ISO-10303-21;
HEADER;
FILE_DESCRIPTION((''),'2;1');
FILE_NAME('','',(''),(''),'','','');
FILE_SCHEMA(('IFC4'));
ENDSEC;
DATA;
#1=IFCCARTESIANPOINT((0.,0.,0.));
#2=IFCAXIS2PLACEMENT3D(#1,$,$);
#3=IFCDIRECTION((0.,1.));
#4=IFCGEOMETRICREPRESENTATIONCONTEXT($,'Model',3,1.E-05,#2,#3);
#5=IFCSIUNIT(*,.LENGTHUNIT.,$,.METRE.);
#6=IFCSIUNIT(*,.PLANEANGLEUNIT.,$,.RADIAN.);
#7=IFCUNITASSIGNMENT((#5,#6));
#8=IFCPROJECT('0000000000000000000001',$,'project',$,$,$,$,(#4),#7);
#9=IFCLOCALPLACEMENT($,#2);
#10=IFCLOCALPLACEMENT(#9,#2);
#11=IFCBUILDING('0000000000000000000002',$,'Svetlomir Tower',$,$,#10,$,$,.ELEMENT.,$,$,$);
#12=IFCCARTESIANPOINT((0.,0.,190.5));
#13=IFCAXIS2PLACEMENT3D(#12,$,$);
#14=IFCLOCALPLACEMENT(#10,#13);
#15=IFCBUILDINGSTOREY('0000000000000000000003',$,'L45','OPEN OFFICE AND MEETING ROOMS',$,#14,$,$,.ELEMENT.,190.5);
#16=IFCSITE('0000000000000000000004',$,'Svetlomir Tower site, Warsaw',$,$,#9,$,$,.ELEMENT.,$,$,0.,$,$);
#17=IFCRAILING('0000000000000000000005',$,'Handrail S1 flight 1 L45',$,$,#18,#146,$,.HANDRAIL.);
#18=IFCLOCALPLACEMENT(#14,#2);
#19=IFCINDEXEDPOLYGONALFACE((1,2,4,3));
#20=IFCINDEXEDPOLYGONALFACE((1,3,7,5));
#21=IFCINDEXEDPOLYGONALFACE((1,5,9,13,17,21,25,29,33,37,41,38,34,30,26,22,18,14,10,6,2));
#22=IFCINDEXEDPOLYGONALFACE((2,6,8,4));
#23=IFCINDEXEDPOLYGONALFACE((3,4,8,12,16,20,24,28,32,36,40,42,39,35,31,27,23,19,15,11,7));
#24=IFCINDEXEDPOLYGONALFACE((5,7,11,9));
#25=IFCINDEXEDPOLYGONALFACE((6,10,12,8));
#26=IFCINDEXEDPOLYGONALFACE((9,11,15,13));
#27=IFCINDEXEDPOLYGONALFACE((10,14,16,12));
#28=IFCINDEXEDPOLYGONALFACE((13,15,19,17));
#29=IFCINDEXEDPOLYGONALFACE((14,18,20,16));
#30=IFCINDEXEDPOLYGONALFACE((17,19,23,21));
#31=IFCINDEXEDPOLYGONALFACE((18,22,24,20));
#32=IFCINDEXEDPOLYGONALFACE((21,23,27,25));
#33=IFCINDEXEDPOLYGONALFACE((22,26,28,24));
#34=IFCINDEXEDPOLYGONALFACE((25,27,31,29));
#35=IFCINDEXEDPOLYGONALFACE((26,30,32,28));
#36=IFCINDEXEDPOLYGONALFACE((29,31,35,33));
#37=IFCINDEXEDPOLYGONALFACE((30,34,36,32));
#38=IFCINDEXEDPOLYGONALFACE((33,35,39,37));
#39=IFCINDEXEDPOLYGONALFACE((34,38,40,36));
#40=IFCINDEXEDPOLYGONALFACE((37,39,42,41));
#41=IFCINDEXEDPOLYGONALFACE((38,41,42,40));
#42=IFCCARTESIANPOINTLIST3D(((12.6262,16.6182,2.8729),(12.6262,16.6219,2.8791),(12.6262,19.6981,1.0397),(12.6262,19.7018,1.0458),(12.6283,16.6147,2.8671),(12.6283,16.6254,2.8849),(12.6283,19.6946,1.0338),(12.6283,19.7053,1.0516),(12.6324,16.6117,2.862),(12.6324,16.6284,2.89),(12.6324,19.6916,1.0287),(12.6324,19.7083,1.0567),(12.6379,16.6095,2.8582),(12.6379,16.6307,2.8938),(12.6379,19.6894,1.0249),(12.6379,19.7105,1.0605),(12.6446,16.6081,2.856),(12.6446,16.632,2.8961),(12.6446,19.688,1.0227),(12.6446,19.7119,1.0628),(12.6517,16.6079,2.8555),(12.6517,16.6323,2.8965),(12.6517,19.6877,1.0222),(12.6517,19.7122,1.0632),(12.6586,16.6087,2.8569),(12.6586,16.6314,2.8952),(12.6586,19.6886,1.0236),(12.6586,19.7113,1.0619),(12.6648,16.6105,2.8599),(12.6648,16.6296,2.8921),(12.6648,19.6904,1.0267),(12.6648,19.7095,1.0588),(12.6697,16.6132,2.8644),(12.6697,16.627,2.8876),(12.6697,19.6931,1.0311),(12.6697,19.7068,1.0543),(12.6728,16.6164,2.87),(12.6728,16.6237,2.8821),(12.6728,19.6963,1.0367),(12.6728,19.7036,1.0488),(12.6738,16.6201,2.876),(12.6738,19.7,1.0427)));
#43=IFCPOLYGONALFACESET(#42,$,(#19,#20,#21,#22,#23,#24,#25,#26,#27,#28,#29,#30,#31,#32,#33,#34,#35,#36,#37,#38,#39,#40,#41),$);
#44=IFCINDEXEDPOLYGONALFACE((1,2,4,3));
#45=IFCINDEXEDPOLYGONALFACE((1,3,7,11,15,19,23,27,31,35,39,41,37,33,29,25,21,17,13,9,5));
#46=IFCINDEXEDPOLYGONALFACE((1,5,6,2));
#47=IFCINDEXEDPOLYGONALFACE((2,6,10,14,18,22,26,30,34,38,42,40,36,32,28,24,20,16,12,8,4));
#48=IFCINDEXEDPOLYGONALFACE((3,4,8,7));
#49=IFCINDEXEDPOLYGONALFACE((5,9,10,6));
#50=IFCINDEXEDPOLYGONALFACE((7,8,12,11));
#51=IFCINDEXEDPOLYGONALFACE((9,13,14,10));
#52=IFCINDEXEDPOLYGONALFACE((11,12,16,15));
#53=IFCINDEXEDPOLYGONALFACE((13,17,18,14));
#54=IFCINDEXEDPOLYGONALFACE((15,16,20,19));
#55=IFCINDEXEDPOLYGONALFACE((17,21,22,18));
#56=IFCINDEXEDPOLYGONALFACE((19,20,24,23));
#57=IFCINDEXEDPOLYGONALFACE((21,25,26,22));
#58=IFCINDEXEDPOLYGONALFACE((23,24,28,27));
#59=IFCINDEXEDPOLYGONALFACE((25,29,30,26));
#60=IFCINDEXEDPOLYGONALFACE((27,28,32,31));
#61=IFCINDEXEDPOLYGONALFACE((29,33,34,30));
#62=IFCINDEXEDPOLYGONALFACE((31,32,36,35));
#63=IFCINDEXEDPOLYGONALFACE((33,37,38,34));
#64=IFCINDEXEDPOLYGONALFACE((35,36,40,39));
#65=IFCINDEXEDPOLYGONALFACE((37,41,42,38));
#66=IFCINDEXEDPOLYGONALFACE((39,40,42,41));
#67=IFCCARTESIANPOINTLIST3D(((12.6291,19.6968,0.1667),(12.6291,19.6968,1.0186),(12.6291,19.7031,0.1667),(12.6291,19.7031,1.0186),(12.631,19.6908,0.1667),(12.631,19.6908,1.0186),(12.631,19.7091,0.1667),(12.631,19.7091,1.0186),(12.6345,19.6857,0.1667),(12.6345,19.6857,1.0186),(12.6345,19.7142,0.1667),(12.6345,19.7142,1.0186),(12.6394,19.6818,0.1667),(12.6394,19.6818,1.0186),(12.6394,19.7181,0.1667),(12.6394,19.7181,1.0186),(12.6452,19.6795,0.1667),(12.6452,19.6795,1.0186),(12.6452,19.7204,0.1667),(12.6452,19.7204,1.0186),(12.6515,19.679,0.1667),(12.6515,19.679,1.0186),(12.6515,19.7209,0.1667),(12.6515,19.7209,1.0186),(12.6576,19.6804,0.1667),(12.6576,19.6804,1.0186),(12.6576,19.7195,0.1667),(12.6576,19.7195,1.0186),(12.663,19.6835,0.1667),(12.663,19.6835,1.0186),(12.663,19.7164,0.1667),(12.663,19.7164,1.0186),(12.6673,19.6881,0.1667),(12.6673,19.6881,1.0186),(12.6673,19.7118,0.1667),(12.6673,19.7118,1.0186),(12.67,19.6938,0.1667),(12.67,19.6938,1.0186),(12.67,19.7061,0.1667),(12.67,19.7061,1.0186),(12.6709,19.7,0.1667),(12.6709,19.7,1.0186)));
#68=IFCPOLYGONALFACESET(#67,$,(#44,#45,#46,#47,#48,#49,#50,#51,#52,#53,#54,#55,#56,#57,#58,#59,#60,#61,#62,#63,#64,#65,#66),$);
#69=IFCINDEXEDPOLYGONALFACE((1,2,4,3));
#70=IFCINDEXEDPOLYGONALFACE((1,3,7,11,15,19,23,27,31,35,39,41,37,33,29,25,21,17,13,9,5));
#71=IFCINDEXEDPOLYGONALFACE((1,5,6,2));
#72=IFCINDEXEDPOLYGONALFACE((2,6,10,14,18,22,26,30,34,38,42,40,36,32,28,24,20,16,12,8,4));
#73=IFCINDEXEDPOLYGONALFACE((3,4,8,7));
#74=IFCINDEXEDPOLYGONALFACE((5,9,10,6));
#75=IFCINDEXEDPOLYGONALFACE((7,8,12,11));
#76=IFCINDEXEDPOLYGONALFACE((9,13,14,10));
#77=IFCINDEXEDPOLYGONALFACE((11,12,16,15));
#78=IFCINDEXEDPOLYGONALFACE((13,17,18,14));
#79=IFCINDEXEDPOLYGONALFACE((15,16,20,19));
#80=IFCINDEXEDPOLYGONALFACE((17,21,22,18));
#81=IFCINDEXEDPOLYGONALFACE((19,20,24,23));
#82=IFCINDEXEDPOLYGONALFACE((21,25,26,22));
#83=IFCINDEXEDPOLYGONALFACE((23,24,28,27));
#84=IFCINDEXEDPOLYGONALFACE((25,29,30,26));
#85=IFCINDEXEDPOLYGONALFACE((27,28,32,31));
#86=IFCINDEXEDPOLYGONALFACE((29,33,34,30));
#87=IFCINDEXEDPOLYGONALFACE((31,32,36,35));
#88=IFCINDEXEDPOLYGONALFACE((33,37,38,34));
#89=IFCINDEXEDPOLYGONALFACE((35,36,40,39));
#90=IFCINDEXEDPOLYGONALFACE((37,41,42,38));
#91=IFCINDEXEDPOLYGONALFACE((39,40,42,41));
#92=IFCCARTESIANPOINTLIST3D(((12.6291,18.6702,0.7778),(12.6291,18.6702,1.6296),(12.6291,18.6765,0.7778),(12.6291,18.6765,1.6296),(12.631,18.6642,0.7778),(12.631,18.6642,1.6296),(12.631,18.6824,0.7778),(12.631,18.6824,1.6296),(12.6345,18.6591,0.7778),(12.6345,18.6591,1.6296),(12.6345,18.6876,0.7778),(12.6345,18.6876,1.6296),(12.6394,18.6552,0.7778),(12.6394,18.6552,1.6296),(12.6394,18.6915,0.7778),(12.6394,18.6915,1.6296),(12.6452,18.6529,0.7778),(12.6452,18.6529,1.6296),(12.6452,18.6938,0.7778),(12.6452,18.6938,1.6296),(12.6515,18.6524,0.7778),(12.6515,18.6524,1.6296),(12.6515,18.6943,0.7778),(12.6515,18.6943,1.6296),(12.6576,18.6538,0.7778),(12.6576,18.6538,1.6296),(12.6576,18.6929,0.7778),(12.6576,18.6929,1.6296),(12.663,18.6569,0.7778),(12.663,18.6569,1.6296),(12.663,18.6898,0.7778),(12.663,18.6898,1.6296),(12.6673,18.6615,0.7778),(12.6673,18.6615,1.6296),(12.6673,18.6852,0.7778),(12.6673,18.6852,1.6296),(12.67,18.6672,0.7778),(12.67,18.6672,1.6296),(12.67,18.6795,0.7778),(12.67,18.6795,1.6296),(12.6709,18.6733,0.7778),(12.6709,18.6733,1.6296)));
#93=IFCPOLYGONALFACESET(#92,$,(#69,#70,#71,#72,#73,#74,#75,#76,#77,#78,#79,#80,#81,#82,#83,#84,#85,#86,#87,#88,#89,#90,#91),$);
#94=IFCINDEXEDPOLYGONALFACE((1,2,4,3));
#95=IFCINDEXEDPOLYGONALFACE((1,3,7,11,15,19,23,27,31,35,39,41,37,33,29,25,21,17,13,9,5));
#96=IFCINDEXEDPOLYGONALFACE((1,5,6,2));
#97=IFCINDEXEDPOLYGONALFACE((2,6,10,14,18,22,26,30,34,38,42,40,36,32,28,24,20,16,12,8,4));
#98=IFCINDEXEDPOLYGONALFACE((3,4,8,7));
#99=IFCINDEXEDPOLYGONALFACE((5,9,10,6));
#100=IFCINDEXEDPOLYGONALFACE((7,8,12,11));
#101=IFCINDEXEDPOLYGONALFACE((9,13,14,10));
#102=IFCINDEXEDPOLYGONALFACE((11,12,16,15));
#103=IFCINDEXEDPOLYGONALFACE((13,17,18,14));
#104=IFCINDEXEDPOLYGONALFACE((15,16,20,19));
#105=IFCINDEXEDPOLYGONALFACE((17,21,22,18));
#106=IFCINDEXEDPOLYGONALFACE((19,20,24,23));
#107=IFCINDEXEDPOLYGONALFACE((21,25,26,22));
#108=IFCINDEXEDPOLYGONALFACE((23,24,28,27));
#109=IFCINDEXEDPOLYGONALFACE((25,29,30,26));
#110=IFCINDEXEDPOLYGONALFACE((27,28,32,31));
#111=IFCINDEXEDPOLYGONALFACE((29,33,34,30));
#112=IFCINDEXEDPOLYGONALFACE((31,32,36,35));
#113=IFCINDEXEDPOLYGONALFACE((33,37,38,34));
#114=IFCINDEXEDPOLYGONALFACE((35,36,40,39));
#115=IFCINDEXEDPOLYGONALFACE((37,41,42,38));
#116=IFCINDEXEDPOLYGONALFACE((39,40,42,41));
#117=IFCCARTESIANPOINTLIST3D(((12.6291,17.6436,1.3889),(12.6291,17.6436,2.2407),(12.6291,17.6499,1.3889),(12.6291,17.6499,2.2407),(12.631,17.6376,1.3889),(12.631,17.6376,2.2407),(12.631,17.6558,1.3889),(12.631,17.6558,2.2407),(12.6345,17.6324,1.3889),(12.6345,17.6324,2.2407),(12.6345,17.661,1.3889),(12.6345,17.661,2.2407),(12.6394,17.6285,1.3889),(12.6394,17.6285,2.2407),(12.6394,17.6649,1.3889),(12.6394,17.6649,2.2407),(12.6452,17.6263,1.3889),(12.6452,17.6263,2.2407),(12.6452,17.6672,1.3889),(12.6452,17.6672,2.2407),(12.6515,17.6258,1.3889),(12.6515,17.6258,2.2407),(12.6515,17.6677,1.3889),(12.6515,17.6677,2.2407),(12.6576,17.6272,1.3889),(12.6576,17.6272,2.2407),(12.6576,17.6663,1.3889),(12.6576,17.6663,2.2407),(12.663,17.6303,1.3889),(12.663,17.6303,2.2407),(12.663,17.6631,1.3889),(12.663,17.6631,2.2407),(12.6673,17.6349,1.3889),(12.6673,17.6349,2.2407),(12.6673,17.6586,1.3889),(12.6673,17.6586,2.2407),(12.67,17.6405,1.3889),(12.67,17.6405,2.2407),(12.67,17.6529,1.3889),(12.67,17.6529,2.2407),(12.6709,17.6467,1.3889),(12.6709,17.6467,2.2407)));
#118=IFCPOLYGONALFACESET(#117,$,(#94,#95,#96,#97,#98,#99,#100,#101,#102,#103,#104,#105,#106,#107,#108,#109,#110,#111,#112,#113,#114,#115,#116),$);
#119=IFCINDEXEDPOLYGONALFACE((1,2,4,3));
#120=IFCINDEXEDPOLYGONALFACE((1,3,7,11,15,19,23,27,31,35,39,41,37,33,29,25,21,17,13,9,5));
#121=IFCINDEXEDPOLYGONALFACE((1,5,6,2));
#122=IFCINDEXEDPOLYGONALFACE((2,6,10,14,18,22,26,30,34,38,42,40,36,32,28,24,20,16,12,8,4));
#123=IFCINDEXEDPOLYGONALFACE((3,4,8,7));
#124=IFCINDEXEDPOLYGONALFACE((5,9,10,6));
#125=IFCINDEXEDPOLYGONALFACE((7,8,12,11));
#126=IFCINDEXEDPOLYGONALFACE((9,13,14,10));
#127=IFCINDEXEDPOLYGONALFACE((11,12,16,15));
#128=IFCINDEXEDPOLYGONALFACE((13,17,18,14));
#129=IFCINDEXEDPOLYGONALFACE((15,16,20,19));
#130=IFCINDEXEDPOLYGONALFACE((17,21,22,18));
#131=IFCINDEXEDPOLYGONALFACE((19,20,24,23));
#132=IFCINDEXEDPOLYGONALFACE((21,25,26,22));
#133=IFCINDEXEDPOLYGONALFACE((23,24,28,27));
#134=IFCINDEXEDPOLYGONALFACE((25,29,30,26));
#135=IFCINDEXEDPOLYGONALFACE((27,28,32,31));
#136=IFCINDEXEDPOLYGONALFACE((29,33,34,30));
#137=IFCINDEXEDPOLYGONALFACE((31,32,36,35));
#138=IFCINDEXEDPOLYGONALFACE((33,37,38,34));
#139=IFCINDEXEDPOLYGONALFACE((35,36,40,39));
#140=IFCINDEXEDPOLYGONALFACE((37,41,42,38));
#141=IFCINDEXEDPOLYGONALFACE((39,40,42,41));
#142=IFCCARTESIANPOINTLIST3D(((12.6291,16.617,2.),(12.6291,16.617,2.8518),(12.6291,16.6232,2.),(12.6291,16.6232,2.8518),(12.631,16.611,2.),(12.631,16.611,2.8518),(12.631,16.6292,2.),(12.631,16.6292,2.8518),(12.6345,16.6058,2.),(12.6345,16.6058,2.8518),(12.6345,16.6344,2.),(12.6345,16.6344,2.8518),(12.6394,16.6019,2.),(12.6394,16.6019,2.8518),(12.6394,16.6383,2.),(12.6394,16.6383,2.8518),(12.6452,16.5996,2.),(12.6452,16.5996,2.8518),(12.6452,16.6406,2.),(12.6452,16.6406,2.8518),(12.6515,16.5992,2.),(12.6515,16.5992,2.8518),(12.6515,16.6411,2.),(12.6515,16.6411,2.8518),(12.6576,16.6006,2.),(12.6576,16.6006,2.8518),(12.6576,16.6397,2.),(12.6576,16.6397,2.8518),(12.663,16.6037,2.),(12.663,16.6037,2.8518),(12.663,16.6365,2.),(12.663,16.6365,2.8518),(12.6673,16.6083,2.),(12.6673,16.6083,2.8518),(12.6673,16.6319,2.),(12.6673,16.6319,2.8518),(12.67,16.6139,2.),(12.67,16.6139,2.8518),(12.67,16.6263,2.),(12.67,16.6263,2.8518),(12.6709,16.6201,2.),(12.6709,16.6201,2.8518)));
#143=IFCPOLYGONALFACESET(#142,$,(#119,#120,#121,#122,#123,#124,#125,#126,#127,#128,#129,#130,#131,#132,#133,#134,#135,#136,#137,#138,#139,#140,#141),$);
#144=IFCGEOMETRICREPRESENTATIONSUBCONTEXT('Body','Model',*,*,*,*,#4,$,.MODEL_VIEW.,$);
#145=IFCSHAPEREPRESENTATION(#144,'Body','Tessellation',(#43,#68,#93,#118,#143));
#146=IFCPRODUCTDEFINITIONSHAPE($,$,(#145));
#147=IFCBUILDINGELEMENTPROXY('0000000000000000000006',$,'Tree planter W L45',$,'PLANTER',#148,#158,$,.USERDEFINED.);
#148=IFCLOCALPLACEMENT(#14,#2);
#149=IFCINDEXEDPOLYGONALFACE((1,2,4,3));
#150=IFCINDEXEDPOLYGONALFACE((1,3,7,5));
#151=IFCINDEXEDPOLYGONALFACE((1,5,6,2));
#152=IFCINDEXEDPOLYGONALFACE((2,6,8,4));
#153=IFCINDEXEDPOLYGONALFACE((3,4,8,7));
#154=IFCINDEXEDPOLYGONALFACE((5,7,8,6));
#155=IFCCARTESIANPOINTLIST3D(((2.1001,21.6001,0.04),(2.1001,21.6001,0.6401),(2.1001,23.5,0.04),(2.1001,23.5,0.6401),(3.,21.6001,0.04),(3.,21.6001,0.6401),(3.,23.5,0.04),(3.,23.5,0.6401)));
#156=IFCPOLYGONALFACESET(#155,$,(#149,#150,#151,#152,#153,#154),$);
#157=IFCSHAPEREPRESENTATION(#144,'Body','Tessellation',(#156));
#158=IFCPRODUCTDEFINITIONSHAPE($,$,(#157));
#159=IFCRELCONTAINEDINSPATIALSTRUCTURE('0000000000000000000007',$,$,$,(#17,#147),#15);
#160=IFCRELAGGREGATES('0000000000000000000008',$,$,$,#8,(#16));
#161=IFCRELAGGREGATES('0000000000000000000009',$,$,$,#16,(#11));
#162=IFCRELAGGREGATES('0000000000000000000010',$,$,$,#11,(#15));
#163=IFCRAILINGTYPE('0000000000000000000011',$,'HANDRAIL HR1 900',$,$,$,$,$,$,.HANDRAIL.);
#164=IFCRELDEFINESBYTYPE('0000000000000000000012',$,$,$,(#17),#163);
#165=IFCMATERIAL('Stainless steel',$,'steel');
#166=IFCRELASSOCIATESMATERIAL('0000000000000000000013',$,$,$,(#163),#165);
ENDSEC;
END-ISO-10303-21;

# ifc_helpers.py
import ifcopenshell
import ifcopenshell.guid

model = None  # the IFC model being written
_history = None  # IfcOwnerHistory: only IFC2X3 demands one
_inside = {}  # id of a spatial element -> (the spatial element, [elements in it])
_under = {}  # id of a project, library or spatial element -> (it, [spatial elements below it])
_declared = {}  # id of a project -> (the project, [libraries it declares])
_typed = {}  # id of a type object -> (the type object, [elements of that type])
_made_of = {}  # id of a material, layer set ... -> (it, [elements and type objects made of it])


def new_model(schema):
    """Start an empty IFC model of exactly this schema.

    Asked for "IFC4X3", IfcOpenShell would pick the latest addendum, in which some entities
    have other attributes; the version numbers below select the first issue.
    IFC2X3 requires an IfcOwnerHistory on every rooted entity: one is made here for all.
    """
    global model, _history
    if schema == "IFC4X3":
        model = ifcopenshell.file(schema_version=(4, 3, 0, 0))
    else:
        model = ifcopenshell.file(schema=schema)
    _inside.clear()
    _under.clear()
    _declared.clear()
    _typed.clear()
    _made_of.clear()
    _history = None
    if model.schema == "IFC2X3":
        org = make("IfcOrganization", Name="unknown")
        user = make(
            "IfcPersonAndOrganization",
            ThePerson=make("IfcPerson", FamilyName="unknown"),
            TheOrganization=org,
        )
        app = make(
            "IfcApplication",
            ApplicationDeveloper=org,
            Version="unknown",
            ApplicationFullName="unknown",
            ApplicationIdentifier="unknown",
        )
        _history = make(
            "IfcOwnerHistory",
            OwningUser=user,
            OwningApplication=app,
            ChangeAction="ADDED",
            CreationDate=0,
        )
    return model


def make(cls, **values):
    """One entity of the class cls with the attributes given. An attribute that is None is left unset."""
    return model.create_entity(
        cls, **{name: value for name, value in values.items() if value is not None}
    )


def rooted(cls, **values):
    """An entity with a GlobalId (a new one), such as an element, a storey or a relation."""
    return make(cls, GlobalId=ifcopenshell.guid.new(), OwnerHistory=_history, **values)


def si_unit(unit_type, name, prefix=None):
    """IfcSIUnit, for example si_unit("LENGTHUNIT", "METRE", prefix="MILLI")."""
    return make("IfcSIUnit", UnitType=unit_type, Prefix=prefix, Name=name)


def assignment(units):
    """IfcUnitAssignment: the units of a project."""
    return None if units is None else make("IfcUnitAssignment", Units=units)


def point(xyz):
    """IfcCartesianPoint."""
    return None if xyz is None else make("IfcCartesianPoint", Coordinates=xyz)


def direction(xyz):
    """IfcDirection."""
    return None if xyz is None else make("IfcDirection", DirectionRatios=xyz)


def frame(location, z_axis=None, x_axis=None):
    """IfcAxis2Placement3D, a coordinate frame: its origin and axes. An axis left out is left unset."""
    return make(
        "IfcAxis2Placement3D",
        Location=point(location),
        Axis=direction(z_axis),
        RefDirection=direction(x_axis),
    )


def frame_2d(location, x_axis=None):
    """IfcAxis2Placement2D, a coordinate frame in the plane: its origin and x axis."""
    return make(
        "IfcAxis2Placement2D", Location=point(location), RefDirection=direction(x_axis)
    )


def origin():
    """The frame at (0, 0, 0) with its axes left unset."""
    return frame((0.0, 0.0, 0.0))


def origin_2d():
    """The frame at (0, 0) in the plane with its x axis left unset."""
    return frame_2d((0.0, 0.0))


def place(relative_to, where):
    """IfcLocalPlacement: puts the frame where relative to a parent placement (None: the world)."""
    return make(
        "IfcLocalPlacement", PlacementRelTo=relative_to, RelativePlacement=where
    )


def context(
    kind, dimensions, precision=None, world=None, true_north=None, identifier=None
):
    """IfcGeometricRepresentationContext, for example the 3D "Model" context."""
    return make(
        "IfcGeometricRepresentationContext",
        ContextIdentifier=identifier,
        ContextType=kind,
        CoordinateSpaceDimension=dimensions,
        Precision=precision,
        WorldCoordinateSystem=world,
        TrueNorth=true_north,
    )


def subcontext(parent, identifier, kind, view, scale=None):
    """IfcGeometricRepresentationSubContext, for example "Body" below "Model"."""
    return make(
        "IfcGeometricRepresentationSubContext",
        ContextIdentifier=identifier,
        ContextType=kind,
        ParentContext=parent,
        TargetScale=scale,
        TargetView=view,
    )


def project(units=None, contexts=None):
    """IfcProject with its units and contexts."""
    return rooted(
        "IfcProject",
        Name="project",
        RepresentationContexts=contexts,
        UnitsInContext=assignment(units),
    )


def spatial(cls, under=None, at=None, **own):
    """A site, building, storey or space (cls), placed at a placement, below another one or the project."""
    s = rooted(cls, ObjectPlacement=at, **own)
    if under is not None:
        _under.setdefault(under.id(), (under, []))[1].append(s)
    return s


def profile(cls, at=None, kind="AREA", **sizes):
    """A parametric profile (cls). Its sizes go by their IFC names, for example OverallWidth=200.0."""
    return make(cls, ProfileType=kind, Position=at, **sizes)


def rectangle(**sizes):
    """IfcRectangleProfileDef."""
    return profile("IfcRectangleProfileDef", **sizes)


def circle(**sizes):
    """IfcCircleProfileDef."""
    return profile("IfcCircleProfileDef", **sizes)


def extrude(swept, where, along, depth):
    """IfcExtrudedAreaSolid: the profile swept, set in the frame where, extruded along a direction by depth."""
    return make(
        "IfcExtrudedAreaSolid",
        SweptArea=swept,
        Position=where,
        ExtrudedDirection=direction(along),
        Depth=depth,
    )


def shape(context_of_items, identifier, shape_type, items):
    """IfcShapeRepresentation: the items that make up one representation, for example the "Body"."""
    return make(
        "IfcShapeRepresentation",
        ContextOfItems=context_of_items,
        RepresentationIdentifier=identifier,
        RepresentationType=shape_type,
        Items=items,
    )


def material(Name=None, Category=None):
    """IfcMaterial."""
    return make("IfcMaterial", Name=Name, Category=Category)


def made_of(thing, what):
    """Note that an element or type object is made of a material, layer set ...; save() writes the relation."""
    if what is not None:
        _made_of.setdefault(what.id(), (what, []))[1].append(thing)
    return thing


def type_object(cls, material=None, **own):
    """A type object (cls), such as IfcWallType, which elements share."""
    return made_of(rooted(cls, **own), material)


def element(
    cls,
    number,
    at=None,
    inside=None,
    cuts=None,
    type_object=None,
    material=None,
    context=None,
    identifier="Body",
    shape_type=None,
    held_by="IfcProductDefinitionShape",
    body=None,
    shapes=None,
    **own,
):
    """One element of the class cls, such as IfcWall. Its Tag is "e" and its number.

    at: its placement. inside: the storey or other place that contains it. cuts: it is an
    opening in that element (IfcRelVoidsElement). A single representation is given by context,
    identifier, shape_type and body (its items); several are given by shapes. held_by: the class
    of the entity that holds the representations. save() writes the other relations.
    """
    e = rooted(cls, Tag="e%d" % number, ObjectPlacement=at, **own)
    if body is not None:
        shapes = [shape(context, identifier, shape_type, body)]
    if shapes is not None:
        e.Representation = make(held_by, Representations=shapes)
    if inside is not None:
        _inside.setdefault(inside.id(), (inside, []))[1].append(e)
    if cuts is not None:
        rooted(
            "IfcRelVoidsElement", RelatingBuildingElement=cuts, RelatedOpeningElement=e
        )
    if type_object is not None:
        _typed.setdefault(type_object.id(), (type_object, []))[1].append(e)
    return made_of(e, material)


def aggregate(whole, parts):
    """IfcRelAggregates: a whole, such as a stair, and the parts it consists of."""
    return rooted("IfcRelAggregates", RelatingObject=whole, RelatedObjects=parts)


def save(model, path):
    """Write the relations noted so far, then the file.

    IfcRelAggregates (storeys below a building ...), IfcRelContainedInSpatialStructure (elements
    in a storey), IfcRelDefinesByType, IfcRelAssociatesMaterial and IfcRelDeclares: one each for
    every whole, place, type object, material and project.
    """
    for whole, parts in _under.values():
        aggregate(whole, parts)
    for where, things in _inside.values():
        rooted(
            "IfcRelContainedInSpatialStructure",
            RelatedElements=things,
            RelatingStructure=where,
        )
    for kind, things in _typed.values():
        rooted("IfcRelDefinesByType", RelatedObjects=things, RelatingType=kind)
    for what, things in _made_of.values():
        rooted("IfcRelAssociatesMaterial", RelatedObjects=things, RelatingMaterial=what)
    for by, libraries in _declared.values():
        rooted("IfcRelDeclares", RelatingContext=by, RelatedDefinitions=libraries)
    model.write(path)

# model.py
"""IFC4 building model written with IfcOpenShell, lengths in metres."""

from ifc_helpers import new_model, si_unit, direction, frame, origin, origin_2d, place, context, subcontext, project, spatial, rectangle, circle, extrude, material, type_object, element, save


model = new_model("IFC4")

# Units and contexts
model_context = context("Model", 3, precision=1e-05, world=origin(), true_north=direction((0.0, 1.0)))
body_context = subcontext(model_context, "Body", "Model", "MODEL_VIEW")
ifc_project = project(units=[si_unit("LENGTHUNIT", "METRE"), si_unit("PLANEANGLEUNIT", "RADIAN")], contexts=[model_context])

# Site, building, storey
site_placement = place(None, origin())
site = spatial("IfcSite", under=ifc_project, at=site_placement, Name="Svetlomir Tower site, Warsaw", CompositionType="ELEMENT", RefElevation=0.0)
building_placement = place(site_placement, origin())
building = spatial("IfcBuilding", under=site, at=building_placement, Name="Svetlomir Tower", CompositionType="ELEMENT")
storey_placement = place(building_placement, frame((0.0, 0.0, 190.5)))
storey = spatial("IfcBuildingStorey", under=building, at=storey_placement, Name="L45", Description="OPEN OFFICE AND MEETING ROOMS", CompositionType="ELEMENT", Elevation=190.5)

# Railing
ifc_material_1 = material(Name="Stainless steel", Category="steel")
railing_type_1 = type_object("IfcRailingType", Name="HANDRAIL HR1 900", PredefinedType="HANDRAIL", material=ifc_material_1)
railing_placement = place(storey_placement, frame((12.6499, 19.7, 0.1667)))
element("IfcRailing", 1, at=railing_placement, inside=storey, type_object=railing_type_1, Name="Handrail S1 flight 1 L45", PredefinedType="HANDRAIL", context=body_context, shape_type="SweptSolid", body=[
    extrude(circle(Radius=0.0239, at=origin_2d()), frame((0.0, 0.0, 0.876), z_axis=(0.0, -0.859291, 0.511487), x_axis=(1.0, 0.0, 0.0)), (0.0, 0.0, 1.0), 3.5842),
    extrude(circle(Radius=0.021, at=origin_2d()), origin(), (0.0, 0.0, 1.0), 0.8518),
    extrude(circle(Radius=0.021, at=origin_2d()), frame((0.0, -1.0266, 0.6111)), (0.0, 0.0, 1.0), 0.8518),
    extrude(circle(Radius=0.021, at=origin_2d()), frame((0.0, -2.0532, 1.2222)), (0.0, 0.0, 1.0), 0.8518),
    extrude(circle(Radius=0.021, at=origin_2d()), frame((0.0, -3.0798, 1.8333)), (0.0, 0.0, 1.0), 0.8518),
])

# Building element proxy
proxy_placement = place(storey_placement, frame((2.55, 22.55, 0.04), z_axis=(0.0, 0.0, 1.0), x_axis=(1.0, 0.0, 0.0)))
element("IfcBuildingElementProxy", 2, at=proxy_placement, inside=storey, Name="Tree planter W L45", ObjectType="PLANTER", PredefinedType="USERDEFINED", context=body_context, shape_type="SweptSolid", body=[
    extrude(rectangle(XDim=0.8999, YDim=1.8999, at=origin_2d()), origin(), (0.0, 0.0, 1.0), 0.6001),
])

save(model, "model.ifc")
